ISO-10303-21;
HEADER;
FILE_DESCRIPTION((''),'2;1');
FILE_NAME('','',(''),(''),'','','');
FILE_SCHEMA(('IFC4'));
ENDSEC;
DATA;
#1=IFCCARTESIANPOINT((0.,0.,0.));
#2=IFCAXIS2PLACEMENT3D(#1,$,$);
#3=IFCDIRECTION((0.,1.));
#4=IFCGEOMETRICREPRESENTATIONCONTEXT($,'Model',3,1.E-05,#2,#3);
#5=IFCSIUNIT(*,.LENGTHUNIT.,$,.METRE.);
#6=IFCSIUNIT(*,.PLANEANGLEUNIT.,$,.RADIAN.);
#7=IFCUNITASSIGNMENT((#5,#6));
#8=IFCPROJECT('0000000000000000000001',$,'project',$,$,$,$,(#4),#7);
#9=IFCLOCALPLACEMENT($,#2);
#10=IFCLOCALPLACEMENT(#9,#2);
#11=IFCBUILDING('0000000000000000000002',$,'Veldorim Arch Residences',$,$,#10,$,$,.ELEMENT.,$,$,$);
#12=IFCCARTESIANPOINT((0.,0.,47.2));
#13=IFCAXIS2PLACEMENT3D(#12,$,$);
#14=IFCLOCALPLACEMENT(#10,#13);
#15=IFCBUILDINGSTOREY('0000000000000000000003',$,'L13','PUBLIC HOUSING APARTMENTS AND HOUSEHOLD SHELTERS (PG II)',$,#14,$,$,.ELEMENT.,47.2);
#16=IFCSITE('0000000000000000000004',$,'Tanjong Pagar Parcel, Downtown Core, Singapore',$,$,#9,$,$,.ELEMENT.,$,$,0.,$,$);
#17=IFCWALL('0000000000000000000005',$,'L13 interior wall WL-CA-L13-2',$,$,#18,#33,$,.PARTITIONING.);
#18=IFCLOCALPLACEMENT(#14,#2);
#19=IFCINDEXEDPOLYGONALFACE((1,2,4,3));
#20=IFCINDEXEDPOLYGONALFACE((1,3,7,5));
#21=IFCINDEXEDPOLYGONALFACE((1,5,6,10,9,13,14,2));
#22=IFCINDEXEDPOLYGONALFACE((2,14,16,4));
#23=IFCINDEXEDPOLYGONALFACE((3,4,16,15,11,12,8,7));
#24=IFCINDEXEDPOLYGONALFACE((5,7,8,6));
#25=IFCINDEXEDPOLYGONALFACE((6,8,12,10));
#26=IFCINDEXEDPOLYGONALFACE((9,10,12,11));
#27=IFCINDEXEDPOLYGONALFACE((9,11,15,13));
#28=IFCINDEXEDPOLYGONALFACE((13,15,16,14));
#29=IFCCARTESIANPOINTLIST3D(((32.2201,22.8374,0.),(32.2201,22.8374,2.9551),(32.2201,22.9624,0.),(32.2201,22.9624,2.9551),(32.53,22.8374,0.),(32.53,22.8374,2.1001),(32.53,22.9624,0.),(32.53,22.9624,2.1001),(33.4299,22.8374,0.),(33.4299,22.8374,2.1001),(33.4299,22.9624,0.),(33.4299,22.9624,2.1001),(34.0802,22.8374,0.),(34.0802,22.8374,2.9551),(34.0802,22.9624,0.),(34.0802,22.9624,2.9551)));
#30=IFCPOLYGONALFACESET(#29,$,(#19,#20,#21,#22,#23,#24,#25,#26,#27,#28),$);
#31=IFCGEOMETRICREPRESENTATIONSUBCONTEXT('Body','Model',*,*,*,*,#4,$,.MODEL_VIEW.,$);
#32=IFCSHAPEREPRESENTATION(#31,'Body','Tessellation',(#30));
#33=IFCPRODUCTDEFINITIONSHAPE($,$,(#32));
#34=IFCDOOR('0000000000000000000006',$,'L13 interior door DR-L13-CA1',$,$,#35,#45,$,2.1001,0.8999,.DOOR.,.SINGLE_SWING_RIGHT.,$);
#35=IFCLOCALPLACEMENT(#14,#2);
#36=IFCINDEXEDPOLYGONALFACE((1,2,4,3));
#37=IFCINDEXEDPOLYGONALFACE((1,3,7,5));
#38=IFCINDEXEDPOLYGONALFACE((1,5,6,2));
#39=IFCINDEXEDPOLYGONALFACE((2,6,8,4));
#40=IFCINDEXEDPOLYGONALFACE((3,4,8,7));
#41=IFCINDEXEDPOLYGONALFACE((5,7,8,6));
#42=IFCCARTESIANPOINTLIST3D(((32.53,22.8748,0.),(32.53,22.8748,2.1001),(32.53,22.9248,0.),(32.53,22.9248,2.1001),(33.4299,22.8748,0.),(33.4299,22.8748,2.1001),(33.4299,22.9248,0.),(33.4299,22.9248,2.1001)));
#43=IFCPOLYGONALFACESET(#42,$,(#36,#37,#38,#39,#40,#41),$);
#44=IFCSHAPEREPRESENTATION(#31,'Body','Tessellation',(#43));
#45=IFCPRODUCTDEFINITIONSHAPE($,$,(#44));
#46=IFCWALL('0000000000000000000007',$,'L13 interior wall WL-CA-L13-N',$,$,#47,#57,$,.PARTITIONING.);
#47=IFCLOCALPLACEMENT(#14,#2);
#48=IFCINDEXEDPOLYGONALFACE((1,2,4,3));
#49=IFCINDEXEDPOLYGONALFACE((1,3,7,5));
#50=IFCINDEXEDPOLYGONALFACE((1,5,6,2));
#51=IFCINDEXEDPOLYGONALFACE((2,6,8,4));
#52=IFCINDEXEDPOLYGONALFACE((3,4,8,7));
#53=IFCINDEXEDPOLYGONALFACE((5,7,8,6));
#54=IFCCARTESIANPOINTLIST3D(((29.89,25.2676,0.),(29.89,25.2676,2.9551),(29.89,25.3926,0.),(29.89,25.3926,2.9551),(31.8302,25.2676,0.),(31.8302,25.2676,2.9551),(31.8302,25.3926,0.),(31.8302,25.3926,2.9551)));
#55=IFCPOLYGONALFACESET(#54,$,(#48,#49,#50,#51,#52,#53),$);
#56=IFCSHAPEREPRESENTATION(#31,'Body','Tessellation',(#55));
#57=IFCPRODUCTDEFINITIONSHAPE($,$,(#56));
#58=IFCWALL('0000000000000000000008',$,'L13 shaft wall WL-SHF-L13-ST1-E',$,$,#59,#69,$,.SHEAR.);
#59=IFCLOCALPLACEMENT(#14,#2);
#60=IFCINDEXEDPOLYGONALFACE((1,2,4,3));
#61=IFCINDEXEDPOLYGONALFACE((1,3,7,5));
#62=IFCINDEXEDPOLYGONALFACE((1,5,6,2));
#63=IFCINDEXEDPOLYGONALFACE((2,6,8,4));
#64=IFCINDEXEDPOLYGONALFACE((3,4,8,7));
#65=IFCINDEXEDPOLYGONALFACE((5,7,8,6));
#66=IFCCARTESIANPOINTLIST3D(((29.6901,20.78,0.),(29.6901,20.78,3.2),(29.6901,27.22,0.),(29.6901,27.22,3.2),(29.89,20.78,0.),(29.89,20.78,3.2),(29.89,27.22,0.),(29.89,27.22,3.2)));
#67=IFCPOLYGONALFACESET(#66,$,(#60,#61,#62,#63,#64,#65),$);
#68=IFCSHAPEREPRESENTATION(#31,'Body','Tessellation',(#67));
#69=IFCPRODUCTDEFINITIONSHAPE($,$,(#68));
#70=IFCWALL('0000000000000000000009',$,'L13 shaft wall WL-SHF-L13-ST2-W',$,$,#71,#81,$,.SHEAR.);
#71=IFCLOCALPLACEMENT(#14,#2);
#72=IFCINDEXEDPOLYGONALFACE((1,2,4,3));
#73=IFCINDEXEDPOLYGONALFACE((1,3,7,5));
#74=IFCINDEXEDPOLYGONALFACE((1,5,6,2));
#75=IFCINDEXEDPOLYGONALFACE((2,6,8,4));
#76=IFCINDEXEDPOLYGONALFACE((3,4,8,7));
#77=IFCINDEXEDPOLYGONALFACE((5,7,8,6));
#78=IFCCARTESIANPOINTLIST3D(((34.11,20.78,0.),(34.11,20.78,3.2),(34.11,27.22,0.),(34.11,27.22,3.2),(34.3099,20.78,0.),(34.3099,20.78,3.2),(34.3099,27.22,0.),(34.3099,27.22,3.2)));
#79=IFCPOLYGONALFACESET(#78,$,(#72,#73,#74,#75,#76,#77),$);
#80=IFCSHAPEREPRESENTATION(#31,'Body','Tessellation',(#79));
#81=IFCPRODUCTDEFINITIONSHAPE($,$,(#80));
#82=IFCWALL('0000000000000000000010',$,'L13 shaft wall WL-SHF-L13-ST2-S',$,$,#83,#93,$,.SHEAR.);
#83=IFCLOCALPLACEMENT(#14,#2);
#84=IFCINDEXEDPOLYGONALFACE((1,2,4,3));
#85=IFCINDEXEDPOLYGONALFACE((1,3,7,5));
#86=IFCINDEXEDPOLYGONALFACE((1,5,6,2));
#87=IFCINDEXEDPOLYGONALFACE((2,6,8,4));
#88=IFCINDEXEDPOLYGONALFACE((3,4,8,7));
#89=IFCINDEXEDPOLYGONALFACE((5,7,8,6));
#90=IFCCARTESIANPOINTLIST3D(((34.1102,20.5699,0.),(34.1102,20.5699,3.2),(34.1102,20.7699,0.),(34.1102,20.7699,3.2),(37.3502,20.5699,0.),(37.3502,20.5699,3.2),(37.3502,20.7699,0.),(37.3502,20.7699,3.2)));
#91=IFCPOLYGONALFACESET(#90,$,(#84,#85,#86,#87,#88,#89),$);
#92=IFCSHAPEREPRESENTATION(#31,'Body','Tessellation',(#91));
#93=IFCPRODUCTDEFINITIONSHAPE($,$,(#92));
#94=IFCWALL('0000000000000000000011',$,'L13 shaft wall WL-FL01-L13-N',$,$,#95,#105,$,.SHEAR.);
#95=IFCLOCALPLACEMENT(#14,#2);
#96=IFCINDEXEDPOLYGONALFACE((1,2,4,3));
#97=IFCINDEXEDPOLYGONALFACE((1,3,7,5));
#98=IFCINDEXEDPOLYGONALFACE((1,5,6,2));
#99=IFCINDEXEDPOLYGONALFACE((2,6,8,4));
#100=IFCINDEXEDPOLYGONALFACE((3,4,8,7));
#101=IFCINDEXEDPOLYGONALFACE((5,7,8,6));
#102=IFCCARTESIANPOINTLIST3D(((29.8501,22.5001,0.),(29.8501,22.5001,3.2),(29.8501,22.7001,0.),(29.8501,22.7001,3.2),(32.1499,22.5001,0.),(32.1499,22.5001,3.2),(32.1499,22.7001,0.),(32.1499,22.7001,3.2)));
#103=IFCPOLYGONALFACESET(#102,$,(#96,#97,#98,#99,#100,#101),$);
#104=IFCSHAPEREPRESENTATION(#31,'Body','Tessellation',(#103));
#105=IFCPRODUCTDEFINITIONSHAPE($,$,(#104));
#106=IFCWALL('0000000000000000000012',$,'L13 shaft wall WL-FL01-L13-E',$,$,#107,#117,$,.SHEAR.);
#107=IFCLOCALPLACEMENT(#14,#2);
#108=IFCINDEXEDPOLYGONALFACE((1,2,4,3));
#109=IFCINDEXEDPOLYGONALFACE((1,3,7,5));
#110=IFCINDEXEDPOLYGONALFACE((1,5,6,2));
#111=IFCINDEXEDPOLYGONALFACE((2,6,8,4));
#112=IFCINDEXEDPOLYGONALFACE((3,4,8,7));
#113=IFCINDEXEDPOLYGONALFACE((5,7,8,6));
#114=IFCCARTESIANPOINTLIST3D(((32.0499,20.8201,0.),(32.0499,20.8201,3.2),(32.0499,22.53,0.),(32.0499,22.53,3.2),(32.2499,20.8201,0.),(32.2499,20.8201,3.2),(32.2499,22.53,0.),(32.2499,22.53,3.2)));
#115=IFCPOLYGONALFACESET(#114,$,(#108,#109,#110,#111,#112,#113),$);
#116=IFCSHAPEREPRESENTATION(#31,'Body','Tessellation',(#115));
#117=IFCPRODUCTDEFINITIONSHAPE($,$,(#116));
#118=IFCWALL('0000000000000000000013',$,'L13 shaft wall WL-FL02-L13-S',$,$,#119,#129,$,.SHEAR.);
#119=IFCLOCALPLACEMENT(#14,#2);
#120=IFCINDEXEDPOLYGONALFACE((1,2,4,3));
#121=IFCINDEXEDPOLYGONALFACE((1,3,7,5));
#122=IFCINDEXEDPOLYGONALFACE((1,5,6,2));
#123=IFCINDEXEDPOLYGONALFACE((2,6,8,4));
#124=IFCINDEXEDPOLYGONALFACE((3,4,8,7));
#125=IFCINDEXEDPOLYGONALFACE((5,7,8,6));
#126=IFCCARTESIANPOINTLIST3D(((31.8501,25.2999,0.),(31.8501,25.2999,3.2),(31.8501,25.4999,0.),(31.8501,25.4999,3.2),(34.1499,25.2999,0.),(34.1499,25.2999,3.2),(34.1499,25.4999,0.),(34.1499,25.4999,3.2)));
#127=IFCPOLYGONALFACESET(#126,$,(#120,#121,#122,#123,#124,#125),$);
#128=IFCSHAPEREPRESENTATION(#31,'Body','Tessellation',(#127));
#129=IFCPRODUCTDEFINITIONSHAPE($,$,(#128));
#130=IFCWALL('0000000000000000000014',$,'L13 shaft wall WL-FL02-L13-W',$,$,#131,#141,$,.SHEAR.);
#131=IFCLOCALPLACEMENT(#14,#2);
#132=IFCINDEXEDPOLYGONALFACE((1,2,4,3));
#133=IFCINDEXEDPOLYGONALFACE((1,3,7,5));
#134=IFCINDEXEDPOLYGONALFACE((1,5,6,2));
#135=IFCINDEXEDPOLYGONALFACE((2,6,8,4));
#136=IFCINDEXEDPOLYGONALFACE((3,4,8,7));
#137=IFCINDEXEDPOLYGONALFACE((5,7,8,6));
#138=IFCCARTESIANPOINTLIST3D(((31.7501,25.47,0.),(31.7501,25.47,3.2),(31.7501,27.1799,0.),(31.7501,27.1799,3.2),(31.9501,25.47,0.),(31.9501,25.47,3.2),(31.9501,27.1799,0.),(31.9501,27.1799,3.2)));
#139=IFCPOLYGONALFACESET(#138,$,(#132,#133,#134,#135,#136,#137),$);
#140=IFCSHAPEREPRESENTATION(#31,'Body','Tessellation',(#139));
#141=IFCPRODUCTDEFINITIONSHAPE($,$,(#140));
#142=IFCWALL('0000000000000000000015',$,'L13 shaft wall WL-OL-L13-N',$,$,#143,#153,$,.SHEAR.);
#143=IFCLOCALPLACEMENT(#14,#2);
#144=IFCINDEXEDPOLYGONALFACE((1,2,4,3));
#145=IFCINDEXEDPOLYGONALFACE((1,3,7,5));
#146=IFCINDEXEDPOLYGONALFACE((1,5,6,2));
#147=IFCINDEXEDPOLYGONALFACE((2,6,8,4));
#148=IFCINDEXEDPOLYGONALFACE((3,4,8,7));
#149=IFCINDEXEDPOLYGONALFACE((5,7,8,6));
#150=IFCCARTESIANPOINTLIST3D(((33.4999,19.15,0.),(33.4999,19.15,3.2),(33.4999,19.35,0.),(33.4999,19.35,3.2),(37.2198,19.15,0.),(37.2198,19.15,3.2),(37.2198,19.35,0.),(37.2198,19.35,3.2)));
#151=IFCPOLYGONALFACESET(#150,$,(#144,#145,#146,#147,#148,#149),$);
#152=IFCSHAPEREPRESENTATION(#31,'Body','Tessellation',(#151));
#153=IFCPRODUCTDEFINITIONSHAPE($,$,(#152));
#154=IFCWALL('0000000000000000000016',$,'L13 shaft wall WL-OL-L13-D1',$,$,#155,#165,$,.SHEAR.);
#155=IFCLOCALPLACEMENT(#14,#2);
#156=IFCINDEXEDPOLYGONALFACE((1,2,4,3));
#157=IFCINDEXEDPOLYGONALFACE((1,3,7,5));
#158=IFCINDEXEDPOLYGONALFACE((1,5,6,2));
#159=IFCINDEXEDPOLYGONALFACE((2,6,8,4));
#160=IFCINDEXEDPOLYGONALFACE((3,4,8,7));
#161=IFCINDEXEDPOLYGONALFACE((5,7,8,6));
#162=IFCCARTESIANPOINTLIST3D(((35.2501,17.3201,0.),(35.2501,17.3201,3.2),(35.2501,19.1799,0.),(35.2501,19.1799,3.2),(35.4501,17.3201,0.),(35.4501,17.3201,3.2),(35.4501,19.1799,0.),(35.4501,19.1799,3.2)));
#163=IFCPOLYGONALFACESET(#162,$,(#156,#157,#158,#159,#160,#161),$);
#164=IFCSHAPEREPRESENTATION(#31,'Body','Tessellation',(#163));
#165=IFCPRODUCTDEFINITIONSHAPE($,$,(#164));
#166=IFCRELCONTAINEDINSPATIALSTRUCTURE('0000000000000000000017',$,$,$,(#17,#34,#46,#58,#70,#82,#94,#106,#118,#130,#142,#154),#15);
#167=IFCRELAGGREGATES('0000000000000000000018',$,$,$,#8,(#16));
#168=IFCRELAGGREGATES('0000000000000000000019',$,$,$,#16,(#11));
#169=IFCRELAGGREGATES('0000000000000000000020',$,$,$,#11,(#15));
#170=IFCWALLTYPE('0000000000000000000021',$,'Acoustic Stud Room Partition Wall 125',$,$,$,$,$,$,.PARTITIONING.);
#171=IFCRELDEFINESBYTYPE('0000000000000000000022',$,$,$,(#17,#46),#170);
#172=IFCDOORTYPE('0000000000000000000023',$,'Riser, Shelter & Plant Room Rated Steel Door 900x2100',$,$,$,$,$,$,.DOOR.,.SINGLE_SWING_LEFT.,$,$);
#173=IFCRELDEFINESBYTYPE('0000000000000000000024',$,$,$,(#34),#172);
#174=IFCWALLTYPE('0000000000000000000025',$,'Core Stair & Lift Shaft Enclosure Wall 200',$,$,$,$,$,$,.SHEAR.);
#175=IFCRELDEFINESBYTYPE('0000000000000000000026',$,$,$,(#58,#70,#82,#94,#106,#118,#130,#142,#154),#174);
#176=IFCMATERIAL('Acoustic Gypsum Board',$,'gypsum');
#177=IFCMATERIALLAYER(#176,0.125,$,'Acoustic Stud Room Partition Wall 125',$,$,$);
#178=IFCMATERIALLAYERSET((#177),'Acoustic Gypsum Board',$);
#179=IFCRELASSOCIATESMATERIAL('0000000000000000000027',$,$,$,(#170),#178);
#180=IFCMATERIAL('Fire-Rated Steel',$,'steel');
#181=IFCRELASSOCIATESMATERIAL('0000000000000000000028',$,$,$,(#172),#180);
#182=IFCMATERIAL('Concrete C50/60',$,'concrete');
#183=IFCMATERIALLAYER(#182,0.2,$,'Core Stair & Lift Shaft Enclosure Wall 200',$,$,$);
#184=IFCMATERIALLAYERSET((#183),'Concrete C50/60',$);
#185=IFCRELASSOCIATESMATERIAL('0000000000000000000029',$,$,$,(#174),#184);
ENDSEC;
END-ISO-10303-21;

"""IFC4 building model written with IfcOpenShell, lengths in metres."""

from ifc_helpers import new_model, si_unit, direction, frame, frame_2d, origin, place, context, subcontext, project, spatial, rectangle, extrude, material, layer, layer_set, type_object, element, fill, save


model = new_model("IFC4")

# Units and contexts
model_context = context("Model", 3, precision=1e-05, world=origin(), true_north=direction((0.0, 1.0)))
body_context = subcontext(model_context, "Body", "Model", "MODEL_VIEW")
ifc_project = project(units=[si_unit("LENGTHUNIT", "METRE"), si_unit("PLANEANGLEUNIT", "RADIAN")], contexts=[model_context])

# Site, building, storey
site_placement = place(None, origin())
site = spatial("IfcSite", under=ifc_project, at=site_placement, Name="Tanjong Pagar Parcel, Downtown Core, Singapore", CompositionType="ELEMENT", RefElevation=0.0)
building_placement = place(site_placement, origin())
building = spatial("IfcBuilding", under=site, at=building_placement, Name="Veldorim Arch Residences", CompositionType="ELEMENT")
storey_placement = place(building_placement, frame((0.0, 0.0, 47.2)))
storey = spatial("IfcBuildingStorey", under=building, at=storey_placement, Name="L13", Description="PUBLIC HOUSING APARTMENTS AND HOUSEHOLD SHELTERS (PG II)", CompositionType="ELEMENT", Elevation=47.2)

# Wall, opening, door
ifc_material_1 = material(Name="Acoustic Gypsum Board", Category="gypsum")
ifc_layer_1 = layer(ifc_material_1, 0.125, Name="Acoustic Stud Room Partition Wall 125")
ifc_layer_set_1 = layer_set([ifc_layer_1], Name="Acoustic Gypsum Board")
wall_type_1 = type_object("IfcWallType", Name="Acoustic Stud Room Partition Wall 125", PredefinedType="PARTITIONING", material=ifc_layer_set_1)
wall_1_placement = place(storey_placement, frame((32.22, 22.8999, 0.0), z_axis=(0.0, 0.0, 1.0), x_axis=(1.0, 0.0, 0.0)))
wall_1 = element("IfcWall", 1, at=wall_1_placement, inside=storey, type_object=wall_type_1, Name="L13 interior wall WL-CA-L13-2", PredefinedType="PARTITIONING", context=body_context, shape_type="SweptSolid", body=[
    extrude(rectangle(XDim=1.8601, YDim=0.125, at=frame_2d((0.9302, 0.0))), origin(), (0.0, 0.0, 1.0), 2.9551),
])
opening_1_placement = place(wall_1_placement, frame((0.3101, 0.0, 0.0)))
opening_1 = element("IfcOpeningElement", 2, at=opening_1_placement, cuts=wall_1, PredefinedType="OPENING", context=body_context, shape_type="SweptSolid", body=[
    extrude(rectangle(XDim=0.8999, YDim=2.1001, at=frame_2d((0.45, 1.05))), frame((0.0, 0.0725, 0.0), z_axis=(0.0, -1.0, 0.0), x_axis=(1.0, 0.0, 0.0)), (0.0, 0.0, 1.0), 0.145),
])
ifc_material_2 = material(Name="Fire-Rated Steel", Category="steel")
door_type_1 = type_object("IfcDoorType", Name="Riser, Shelter & Plant Room Rated Steel Door 900x2100", OperationType="SINGLE_SWING_LEFT", PredefinedType="DOOR", material=ifc_material_2)
door_1_placement = place(opening_1_placement, origin())
door_1 = element("IfcDoor", 3, at=door_1_placement, inside=storey, type_object=door_type_1, Name="L13 interior door DR-L13-CA1", OperationType="SINGLE_SWING_RIGHT", OverallHeight=2.1001, OverallWidth=0.8999, PredefinedType="DOOR", context=body_context, shape_type="SweptSolid", body=[
    extrude(rectangle(XDim=0.8999, YDim=2.1001, at=frame_2d((0.45, 1.05))), frame((0.0, 0.0249, 0.0), z_axis=(0.0, -1.0, 0.0), x_axis=(1.0, 0.0, 0.0)), (0.0, 0.0, 1.0), 0.05),
])
fill(opening_1, door_1)

# Walls
wall_2_placement = place(storey_placement, frame((29.8899, 25.3301, 0.0), z_axis=(0.0, 0.0, 1.0), x_axis=(1.0, 0.0, 0.0)))
element("IfcWall", 4, at=wall_2_placement, inside=storey, type_object=wall_type_1, Name="L13 interior wall WL-CA-L13-N", PredefinedType="PARTITIONING", context=body_context, shape_type="SweptSolid", body=[
    extrude(rectangle(XDim=1.9402, YDim=0.125, at=frame_2d((0.9702, 0.0))), origin(), (0.0, 0.0, 1.0), 2.9551),
])
ifc_material_3 = material(Name="Concrete C50/60", Category="concrete")
ifc_layer_2 = layer(ifc_material_3, 0.2, Name="Core Stair & Lift Shaft Enclosure Wall 200")
ifc_layer_set_2 = layer_set([ifc_layer_2], Name="Concrete C50/60")
wall_type_2 = type_object("IfcWallType", Name="Core Stair & Lift Shaft Enclosure Wall 200", PredefinedType="SHEAR", material=ifc_layer_set_2)
for number, where, z_axis, x_axis, name in (
    (5, (29.79, 20.78, 0.0), (0.0, 0.0, 1.0), (0.0, 1.0, 0.0), "L13 shaft wall WL-SHF-L13-ST1-E"),
    (6, (34.21, 20.78, 0.0), (0.0, 0.0, 1.0), (0.0, 1.0, 0.0), "L13 shaft wall WL-SHF-L13-ST2-W"),
):
    element("IfcWall", number, at=place(storey_placement, frame(where, z_axis=z_axis, x_axis=x_axis)), inside=storey, type_object=wall_type_2, Name=name, PredefinedType="SHEAR", context=body_context, shape_type="SweptSolid", body=[
        extrude(rectangle(XDim=6.4399, YDim=0.2, at=frame_2d((3.22, 0.0))), origin(), (0.0, 0.0, 1.0), 3.2),
    ])
wall_3_placement = place(storey_placement, frame((34.1101, 20.6699, 0.0), z_axis=(0.0, 0.0, 1.0), x_axis=(1.0, 0.0, 0.0)))
element("IfcWall", 7, at=wall_3_placement, inside=storey, type_object=wall_type_2, Name="L13 shaft wall WL-SHF-L13-ST2-S", PredefinedType="SHEAR", context=body_context, shape_type="SweptSolid", body=[
    extrude(rectangle(XDim=3.24, YDim=0.2, at=frame_2d((1.6201, 0.0))), origin(), (0.0, 0.0, 1.0), 3.2),
])

# Walls
wall_4_placement = place(storey_placement, frame((29.8501, 22.6001, 0.0), z_axis=(0.0, 0.0, 1.0), x_axis=(1.0, 0.0, 0.0)))
element("IfcWall", 8, at=wall_4_placement, inside=storey, type_object=wall_type_2, Name="L13 shaft wall WL-FL01-L13-N", PredefinedType="SHEAR", context=body_context, shape_type="SweptSolid", body=[
    extrude(rectangle(XDim=2.2998, YDim=0.2, at=frame_2d((1.1499, 0.0))), origin(), (0.0, 0.0, 1.0), 3.2),
])
wall_5_placement = place(storey_placement, frame((32.1499, 20.8201, 0.0), z_axis=(0.0, 0.0, 1.0), x_axis=(0.0, 1.0, 0.0)))
element("IfcWall", 9, at=wall_5_placement, inside=storey, type_object=wall_type_2, Name="L13 shaft wall WL-FL01-L13-E", PredefinedType="SHEAR", context=body_context, shape_type="SweptSolid", body=[
    extrude(rectangle(XDim=1.71, YDim=0.2, at=frame_2d((0.855, 0.0))), origin(), (0.0, 0.0, 1.0), 3.2),
])
wall_6_placement = place(storey_placement, frame((31.8501, 25.3999, 0.0), z_axis=(0.0, 0.0, 1.0), x_axis=(1.0, 0.0, 0.0)))
element("IfcWall", 10, at=wall_6_placement, inside=storey, type_object=wall_type_2, Name="L13 shaft wall WL-FL02-L13-S", PredefinedType="SHEAR", context=body_context, shape_type="SweptSolid", body=[
    extrude(rectangle(XDim=2.2998, YDim=0.2, at=frame_2d((1.1499, 0.0))), origin(), (0.0, 0.0, 1.0), 3.2),
])
wall_7_placement = place(storey_placement, frame((31.8501, 25.47, 0.0), z_axis=(0.0, 0.0, 1.0), x_axis=(0.0, 1.0, 0.0)))
element("IfcWall", 11, at=wall_7_placement, inside=storey, type_object=wall_type_2, Name="L13 shaft wall WL-FL02-L13-W", PredefinedType="SHEAR", context=body_context, shape_type="SweptSolid", body=[
    extrude(rectangle(XDim=1.71, YDim=0.2, at=frame_2d((0.855, 0.0))), origin(), (0.0, 0.0, 1.0), 3.2),
])
wall_8_placement = place(storey_placement, frame((33.5, 19.25, 0.0), z_axis=(0.0, 0.0, 1.0), x_axis=(1.0, 0.0, 0.0)))
element("IfcWall", 12, at=wall_8_placement, inside=storey, type_object=wall_type_2, Name="L13 shaft wall WL-OL-L13-N", PredefinedType="SHEAR", context=body_context, shape_type="SweptSolid", body=[
    extrude(rectangle(XDim=3.72, YDim=0.2, at=frame_2d((1.8599, 0.0))), origin(), (0.0, 0.0, 1.0), 3.2),
])
wall_9_placement = place(storey_placement, frame((35.3501, 17.3201, 0.0), z_axis=(0.0, 0.0, 1.0), x_axis=(0.0, 1.0, 0.0)))
element("IfcWall", 13, at=wall_9_placement, inside=storey, type_object=wall_type_2, Name="L13 shaft wall WL-OL-L13-D1", PredefinedType="SHEAR", context=body_context, shape_type="SweptSolid", body=[
    extrude(rectangle(XDim=1.8599, YDim=0.2, at=frame_2d((0.9299, 0.0))), origin(), (0.0, 0.0, 1.0), 3.2),
])

save(model, "model.ifc")
